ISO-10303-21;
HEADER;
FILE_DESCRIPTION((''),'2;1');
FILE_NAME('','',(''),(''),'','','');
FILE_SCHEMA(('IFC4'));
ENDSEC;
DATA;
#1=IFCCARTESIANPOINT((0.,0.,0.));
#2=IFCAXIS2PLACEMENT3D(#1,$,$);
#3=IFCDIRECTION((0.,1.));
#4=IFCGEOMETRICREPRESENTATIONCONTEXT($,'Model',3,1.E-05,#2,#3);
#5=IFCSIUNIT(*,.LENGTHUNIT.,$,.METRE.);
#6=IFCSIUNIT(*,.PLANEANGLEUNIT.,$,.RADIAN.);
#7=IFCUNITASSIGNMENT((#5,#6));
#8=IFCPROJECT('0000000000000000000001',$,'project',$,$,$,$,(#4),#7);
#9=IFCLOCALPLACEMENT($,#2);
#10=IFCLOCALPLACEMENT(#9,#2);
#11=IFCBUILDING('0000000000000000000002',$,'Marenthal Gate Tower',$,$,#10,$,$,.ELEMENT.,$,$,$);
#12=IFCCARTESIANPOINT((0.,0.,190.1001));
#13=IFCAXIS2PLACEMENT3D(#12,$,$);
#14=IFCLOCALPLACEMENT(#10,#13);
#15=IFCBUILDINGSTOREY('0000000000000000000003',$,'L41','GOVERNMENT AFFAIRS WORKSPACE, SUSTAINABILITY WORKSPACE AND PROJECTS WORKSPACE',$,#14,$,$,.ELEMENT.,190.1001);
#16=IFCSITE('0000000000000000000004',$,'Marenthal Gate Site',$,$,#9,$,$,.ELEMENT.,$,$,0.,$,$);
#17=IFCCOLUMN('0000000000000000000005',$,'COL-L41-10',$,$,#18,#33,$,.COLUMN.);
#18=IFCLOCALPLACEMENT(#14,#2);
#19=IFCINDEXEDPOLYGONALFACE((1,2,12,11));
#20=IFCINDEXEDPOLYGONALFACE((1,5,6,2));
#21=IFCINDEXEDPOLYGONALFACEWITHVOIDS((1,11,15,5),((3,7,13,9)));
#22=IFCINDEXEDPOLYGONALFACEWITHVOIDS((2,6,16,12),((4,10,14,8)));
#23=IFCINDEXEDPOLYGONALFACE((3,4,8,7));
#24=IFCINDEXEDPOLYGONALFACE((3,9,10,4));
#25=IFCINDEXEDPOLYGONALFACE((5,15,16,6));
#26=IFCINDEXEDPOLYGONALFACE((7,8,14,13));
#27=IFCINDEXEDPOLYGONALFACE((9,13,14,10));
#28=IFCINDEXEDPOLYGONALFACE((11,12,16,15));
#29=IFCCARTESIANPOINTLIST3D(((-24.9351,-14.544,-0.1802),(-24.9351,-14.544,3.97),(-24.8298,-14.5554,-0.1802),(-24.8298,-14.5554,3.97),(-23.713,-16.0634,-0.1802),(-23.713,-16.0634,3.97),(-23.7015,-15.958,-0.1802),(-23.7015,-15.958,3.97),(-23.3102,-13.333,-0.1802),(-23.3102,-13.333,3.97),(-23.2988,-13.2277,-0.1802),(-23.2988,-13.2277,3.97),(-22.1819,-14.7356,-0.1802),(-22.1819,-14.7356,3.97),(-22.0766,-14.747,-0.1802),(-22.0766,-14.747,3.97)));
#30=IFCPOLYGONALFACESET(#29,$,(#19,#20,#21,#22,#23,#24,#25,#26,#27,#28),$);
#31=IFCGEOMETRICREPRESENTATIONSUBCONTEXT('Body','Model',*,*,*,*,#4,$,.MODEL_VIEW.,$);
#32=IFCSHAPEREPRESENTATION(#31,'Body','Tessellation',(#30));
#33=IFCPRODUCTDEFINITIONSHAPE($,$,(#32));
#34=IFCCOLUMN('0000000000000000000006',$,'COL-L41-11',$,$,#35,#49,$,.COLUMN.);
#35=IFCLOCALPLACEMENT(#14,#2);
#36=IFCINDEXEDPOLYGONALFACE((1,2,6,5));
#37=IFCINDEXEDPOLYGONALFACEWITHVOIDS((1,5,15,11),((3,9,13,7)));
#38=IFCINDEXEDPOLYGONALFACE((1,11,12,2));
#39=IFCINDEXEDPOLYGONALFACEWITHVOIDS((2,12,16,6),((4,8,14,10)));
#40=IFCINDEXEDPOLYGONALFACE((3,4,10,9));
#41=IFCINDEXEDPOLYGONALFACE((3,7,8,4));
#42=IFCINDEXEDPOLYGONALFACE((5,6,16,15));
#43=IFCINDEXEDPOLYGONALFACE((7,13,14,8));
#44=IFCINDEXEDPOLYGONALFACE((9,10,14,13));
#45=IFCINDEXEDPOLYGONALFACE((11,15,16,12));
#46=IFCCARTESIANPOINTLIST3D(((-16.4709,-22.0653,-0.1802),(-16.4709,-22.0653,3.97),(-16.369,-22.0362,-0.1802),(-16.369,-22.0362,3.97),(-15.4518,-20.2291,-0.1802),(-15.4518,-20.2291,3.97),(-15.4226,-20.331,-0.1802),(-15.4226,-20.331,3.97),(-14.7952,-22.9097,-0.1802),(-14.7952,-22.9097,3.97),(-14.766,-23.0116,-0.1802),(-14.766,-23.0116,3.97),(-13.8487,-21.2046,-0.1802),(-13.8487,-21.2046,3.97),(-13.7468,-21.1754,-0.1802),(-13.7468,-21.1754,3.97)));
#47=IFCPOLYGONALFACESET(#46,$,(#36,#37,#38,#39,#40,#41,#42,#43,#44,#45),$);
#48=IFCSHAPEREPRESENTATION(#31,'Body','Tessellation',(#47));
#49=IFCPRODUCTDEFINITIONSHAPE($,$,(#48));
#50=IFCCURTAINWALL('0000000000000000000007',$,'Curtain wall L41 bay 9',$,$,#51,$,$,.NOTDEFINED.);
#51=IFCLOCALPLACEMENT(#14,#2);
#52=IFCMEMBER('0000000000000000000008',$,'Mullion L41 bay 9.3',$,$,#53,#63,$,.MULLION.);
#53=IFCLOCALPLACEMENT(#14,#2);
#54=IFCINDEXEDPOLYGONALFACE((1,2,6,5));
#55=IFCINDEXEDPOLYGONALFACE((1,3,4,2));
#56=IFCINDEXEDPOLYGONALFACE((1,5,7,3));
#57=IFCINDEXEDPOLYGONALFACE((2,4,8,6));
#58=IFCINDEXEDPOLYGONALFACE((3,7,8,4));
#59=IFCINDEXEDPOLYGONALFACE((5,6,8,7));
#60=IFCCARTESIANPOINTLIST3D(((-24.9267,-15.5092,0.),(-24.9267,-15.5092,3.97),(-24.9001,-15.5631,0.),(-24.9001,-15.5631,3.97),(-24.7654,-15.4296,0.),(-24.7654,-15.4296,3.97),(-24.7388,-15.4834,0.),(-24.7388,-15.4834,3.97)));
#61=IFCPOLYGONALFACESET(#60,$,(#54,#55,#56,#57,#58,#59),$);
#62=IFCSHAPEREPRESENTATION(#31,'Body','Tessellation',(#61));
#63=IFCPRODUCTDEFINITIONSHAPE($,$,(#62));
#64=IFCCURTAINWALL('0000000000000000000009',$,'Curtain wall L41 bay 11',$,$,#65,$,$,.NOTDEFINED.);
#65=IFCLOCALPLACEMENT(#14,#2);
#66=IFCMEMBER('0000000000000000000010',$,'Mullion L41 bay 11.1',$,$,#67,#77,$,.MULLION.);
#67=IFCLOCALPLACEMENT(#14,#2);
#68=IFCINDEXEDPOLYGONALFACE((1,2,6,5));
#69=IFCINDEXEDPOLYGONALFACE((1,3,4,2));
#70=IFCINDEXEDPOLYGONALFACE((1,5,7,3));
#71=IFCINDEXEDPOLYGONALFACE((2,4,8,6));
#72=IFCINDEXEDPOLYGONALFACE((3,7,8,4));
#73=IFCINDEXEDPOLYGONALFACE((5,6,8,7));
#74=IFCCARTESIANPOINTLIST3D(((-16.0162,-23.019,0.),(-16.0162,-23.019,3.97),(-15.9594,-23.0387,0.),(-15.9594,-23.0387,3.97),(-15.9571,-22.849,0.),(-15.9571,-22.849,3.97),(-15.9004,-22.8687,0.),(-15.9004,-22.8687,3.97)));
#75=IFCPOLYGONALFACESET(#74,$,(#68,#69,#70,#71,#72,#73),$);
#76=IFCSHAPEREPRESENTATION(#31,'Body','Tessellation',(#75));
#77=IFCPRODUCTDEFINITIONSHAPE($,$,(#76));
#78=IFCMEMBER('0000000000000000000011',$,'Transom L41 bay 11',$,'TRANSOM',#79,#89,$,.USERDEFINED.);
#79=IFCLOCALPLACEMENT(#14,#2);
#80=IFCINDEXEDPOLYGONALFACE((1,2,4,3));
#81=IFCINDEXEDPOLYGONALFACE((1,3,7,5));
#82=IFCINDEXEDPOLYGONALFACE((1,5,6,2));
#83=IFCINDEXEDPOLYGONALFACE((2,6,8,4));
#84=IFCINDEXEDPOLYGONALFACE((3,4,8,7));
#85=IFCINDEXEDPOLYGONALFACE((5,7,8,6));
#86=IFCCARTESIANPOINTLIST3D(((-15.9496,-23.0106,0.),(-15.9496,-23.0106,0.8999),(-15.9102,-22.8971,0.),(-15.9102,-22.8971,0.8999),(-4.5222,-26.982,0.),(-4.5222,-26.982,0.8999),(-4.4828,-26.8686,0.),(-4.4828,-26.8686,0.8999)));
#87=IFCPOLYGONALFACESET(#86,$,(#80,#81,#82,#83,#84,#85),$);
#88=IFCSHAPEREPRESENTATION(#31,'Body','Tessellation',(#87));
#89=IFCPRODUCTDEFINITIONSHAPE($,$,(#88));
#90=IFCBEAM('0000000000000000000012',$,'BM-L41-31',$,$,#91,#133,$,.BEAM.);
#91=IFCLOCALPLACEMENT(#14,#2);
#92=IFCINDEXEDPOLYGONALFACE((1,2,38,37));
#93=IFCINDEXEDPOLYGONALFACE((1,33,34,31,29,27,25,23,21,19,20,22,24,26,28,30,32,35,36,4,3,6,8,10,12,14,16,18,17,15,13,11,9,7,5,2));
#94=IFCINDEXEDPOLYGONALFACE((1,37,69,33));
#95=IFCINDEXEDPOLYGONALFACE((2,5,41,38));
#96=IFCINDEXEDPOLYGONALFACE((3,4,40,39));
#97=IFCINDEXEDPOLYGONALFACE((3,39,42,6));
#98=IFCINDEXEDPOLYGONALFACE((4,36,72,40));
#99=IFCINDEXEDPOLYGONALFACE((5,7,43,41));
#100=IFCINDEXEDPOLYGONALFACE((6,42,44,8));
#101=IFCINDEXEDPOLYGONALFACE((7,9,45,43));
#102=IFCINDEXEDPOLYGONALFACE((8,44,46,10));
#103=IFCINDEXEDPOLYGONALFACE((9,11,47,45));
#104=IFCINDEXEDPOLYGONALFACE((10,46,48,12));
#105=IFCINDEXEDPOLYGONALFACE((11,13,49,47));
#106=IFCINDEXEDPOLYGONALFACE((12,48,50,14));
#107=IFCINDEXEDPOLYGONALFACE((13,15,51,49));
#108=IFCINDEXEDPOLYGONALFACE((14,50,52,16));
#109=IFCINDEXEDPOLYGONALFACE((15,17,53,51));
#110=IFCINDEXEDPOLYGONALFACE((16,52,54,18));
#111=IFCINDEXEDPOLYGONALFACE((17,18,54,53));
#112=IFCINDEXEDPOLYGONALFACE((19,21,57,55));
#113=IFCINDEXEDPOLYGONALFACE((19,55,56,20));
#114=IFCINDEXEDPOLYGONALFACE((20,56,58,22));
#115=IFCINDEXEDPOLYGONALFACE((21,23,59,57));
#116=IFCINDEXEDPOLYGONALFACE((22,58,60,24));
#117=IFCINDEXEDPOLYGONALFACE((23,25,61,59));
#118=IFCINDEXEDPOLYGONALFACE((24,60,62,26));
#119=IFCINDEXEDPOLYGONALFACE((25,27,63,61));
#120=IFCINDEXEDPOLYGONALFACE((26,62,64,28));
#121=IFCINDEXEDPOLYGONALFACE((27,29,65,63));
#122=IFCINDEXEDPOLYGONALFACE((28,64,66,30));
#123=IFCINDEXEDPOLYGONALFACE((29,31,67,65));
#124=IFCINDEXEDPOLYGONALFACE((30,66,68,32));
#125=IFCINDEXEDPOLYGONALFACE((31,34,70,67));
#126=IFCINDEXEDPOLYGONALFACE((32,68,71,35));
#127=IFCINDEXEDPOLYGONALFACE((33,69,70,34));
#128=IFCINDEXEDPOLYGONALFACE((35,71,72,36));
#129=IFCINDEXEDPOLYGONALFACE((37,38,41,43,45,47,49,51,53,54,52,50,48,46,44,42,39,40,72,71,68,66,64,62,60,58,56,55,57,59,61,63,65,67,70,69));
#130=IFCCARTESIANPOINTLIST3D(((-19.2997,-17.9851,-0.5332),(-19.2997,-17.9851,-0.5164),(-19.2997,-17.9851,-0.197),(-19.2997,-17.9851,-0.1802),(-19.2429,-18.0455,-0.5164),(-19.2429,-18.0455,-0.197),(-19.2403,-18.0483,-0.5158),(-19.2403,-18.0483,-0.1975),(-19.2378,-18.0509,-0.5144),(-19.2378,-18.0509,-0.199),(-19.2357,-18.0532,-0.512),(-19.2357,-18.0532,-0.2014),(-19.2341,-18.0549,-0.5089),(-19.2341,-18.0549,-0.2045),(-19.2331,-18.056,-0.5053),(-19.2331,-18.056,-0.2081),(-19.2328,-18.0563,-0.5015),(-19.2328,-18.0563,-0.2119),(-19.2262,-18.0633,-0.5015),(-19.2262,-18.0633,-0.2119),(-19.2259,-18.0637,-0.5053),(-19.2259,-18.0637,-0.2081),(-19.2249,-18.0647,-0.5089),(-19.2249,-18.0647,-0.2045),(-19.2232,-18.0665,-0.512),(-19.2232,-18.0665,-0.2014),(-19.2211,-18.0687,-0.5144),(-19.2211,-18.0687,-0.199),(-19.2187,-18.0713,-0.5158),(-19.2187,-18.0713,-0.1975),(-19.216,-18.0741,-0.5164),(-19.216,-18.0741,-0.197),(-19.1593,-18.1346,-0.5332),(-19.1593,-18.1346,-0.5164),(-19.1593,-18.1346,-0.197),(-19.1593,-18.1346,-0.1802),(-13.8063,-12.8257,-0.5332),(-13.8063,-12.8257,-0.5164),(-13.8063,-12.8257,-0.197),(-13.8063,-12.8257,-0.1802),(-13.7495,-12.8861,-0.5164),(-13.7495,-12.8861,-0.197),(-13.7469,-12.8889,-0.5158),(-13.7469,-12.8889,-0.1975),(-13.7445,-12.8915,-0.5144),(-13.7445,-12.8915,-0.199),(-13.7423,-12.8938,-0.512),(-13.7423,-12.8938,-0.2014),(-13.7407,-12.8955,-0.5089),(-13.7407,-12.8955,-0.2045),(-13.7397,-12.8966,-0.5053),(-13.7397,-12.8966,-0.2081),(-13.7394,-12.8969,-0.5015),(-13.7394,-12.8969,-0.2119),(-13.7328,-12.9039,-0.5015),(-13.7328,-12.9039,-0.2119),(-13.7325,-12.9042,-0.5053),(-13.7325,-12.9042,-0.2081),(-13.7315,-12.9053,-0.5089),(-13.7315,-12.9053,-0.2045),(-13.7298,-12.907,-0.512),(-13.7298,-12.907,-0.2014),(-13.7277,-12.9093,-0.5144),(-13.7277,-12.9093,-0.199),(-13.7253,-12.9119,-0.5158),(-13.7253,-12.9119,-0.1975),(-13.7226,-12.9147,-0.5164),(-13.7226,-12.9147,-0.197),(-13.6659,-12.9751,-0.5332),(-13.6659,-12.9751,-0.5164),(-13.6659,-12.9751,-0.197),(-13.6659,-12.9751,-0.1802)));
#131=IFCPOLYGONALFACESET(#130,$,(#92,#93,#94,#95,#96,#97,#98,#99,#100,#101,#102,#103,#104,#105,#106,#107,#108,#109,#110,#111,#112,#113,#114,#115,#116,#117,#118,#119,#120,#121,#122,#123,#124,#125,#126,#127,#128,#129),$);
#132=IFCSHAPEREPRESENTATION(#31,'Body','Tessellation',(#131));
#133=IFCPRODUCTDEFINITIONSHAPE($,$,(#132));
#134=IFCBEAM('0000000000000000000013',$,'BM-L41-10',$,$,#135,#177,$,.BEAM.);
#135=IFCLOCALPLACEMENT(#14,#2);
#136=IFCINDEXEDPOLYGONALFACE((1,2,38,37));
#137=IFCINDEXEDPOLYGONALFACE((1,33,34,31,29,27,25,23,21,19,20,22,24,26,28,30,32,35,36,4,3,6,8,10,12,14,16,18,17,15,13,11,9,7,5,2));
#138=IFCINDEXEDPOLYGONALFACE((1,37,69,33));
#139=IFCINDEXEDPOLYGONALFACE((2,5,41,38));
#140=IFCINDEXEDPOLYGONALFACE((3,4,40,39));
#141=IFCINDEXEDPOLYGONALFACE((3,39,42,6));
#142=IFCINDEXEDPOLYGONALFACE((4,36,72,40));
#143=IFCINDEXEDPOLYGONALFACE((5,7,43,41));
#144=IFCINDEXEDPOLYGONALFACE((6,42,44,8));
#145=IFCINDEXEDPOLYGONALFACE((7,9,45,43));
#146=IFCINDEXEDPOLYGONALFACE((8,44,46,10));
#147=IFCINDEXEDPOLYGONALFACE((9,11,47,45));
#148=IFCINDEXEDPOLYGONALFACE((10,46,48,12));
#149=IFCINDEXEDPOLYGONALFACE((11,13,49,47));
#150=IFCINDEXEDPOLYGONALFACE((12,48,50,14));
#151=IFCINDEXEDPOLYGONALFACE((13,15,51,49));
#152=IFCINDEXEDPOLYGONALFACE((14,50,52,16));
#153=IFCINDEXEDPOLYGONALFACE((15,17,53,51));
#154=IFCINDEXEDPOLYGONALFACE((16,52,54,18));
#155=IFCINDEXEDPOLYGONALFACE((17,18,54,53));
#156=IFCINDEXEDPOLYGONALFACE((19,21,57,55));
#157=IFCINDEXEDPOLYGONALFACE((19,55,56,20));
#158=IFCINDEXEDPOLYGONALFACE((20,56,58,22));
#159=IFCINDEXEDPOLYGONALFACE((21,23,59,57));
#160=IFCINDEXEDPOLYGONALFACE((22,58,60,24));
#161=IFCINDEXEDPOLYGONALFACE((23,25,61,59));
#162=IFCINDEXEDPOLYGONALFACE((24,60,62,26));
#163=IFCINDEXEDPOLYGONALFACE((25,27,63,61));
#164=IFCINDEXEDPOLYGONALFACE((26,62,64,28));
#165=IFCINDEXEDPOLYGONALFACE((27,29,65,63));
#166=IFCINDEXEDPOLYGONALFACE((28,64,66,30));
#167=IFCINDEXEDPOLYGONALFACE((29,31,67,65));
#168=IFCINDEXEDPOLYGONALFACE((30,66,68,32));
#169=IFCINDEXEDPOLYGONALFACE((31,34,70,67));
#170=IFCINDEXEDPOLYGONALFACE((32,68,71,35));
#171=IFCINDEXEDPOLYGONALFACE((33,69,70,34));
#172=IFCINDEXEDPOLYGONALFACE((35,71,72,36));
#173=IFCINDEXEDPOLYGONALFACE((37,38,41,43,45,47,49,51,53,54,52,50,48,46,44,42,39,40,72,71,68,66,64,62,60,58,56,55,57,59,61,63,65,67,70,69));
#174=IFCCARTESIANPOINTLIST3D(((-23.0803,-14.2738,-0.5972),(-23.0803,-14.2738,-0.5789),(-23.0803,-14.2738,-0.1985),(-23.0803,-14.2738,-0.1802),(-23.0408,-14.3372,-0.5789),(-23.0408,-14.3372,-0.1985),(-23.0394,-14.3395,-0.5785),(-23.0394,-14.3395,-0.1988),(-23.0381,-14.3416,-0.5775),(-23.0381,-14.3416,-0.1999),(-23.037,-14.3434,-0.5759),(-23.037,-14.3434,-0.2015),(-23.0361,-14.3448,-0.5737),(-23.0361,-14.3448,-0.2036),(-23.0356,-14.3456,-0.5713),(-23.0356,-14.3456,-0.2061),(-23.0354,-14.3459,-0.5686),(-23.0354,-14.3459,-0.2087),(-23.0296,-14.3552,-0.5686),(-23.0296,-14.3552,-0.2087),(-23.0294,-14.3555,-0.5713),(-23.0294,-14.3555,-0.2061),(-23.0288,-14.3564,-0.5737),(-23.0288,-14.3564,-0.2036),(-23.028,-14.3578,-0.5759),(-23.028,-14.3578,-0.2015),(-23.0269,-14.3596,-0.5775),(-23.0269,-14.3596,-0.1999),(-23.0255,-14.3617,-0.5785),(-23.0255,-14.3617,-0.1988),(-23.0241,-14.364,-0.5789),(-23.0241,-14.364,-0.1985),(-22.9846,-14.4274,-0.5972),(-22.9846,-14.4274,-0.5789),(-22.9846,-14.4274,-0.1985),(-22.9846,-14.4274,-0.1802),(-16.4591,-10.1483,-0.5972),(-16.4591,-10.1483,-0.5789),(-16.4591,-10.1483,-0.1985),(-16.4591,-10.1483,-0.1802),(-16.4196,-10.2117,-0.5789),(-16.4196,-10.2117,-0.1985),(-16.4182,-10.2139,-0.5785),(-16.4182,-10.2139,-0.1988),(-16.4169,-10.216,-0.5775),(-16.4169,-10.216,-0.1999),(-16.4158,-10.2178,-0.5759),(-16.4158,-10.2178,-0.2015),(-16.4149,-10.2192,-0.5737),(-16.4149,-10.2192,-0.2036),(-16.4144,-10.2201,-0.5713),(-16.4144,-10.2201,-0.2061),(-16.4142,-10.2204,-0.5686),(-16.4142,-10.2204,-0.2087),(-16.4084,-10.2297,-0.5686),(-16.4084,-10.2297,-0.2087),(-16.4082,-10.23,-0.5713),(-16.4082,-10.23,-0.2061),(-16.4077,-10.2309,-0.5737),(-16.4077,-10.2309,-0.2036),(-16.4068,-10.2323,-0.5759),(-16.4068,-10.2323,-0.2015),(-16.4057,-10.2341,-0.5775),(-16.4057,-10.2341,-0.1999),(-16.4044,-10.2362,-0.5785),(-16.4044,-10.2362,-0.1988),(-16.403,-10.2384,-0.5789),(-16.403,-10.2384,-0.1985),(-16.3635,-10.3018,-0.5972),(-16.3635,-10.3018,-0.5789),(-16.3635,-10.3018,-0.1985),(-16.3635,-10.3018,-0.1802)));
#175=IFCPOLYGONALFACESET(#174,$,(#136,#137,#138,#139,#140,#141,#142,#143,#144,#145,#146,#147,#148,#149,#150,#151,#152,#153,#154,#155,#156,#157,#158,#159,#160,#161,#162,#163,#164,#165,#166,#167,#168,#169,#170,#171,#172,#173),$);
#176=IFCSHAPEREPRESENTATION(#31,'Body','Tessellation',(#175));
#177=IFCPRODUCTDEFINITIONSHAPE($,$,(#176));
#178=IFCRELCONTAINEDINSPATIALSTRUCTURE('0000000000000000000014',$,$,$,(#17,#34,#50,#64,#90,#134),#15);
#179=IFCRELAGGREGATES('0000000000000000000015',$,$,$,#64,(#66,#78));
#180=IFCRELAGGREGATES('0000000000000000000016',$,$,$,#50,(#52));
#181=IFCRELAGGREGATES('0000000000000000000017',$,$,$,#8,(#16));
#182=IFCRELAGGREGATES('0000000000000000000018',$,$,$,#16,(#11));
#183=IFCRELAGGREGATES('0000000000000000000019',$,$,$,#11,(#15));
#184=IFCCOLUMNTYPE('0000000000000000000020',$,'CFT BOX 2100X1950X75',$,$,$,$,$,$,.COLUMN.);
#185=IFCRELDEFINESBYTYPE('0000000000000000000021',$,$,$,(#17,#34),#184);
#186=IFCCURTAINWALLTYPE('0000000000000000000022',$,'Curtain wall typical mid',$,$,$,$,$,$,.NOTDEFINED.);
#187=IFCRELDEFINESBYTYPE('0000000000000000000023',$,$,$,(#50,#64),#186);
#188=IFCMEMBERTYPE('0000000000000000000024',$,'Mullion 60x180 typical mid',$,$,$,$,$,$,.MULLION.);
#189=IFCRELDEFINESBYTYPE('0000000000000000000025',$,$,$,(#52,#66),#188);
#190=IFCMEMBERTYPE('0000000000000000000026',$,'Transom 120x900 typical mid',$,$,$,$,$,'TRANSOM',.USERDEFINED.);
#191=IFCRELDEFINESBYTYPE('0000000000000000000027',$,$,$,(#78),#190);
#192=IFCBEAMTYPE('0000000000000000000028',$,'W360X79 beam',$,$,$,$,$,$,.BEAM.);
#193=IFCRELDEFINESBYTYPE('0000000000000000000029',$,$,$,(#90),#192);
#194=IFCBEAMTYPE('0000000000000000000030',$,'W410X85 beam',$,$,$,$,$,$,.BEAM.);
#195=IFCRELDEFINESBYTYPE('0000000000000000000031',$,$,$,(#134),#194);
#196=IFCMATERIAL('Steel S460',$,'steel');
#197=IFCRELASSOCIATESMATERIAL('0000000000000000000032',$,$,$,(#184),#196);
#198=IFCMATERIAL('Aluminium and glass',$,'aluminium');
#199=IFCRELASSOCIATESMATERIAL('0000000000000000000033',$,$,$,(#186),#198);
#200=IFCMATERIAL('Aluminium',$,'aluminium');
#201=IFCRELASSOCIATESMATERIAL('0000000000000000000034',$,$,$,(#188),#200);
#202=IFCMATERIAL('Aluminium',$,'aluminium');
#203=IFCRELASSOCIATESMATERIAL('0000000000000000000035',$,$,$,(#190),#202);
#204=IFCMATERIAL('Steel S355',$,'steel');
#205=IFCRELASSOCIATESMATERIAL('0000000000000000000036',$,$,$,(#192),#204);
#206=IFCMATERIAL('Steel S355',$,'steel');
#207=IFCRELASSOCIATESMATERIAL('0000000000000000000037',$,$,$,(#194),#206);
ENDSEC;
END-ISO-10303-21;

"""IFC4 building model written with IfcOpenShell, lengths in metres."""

from ifc_helpers import new_model, si_unit, direction, frame, origin, origin_2d, place, context, subcontext, project, spatial, rectangle, hollow_rectangle, i_section, extrude, material, material_profile, profile_set, type_object, element, aggregate, save


model = new_model("IFC4")

# Units and contexts
model_context = context("Model", 3, precision=1e-05, world=origin(), true_north=direction((0.0, 1.0)))
body_context = subcontext(model_context, "Body", "Model", "MODEL_VIEW")
ifc_project = project(units=[si_unit("LENGTHUNIT", "METRE"), si_unit("PLANEANGLEUNIT", "RADIAN")], contexts=[model_context])

# Site, building, storey
site_placement = place(None, origin())
site = spatial("IfcSite", under=ifc_project, at=site_placement, Name="Marenthal Gate Site", CompositionType="ELEMENT", RefElevation=0.0)
building_placement = place(site_placement, origin())
building = spatial("IfcBuilding", under=site, at=building_placement, Name="Marenthal Gate Tower", CompositionType="ELEMENT")
storey_placement = place(building_placement, frame((0.0, 0.0, 190.1001)))
storey = spatial("IfcBuildingStorey", under=building, at=storey_placement, Name="L41", Description="GOVERNMENT AFFAIRS WORKSPACE, SUSTAINABILITY WORKSPACE AND PROJECTS WORKSPACE", CompositionType="ELEMENT", Elevation=190.1001)

# Columns
ifc_material_1 = material(Name="Steel S460", Category="steel")
ifc_material_profile_1 = material_profile(ifc_material_1, hollow_rectangle(XDim=1.95, YDim=2.1001, WallThickness=0.075, at=origin_2d()), Name="CFT BOX 2100X1950X75")
ifc_material_2 = material(Name="Concrete 70 MPa", Category="concrete")
ifc_material_profile_2 = material_profile(ifc_material_2, rectangle(XDim=1.8, YDim=1.95, at=origin_2d()), Name="CFT BOX 2100X1950X75 INFILL")
ifc_profile_set_1 = profile_set([ifc_material_profile_1, ifc_material_profile_2], Name="Steel S460 shell, Concrete 70 MPa infill")
column_type = type_object("IfcColumnType", Name="CFT BOX 2100X1950X75", PredefinedType="COLUMN", material=ifc_profile_set_1)
for number, where, z_axis, x_axis, name in (
    (1, (-23.5059, -14.6455, -0.1802), (0.0, 0.0, 1.0), (-0.626783, 0.779194, 0.0), "COL-L41-10"),
    (2, (-15.1089, -21.6204, -0.1802), (0.0, 0.0, 1.0), (-0.874354, 0.485289, 0.0), "COL-L41-11"),
):
    element("IfcColumn", number, at=place(storey_placement, frame(where, z_axis=z_axis, x_axis=x_axis)), inside=storey, type_object=column_type, Name=name, PredefinedType="COLUMN", context=body_context, shape_type="SweptSolid", body=[
        extrude(hollow_rectangle(XDim=1.95, YDim=2.1001, WallThickness=0.075, at=origin_2d()), origin(), (0.0, 0.0, 1.0), 4.1501),
    ])

# Curtain wall, member
ifc_material_3 = material(Name="Aluminium and glass", Category="aluminium")
curtain_wall_type = type_object("IfcCurtainWallType", Name="Curtain wall typical mid", PredefinedType="NOTDEFINED", material=ifc_material_3)
curtain_wall_1_placement = place(storey_placement, origin())
curtain_wall_1 = element("IfcCurtainWall", 3, at=curtain_wall_1_placement, inside=storey, type_object=curtain_wall_type, Name="Curtain wall L41 bay 9", PredefinedType="NOTDEFINED")
ifc_material_4 = material(Name="Aluminium", Category="aluminium")
ifc_material_profile_3 = material_profile(ifc_material_4, rectangle(XDim=0.1799, YDim=0.0601, at=origin_2d()), Name="60x180 aluminium mullion")
ifc_profile_set_2 = profile_set([ifc_material_profile_3], Name="Aluminium")
member_type_1 = type_object("IfcMemberType", Name="Mullion 60x180 typical mid", PredefinedType="MULLION", material=ifc_profile_set_2)
member_1_placement = place(storey_placement, frame((-24.8328, -15.4963, 0.0), z_axis=(0.0, 0.0, 1.0), x_axis=(0.896681, 0.442678, 0.0)))
member_1 = element("IfcMember", 4, at=member_1_placement, type_object=member_type_1, Name="Mullion L41 bay 9.3", PredefinedType="MULLION", context=body_context, shape_type="SweptSolid", body=[
    extrude(rectangle(XDim=0.1799, YDim=0.0601, at=origin_2d()), origin(), (0.0, 0.0, 1.0), 3.97),
])

# Curtain wall, members
curtain_wall_2_placement = place(storey_placement, origin())
curtain_wall_2 = element("IfcCurtainWall", 5, at=curtain_wall_2_placement, inside=storey, type_object=curtain_wall_type, Name="Curtain wall L41 bay 11", PredefinedType="NOTDEFINED")
member_2_placement = place(storey_placement, frame((-15.9583, -22.9438, 0.0), z_axis=(0.0, 0.0, 1.0), x_axis=(0.328273, 0.944583, 0.0)))
member_2 = element("IfcMember", 6, at=member_2_placement, type_object=member_type_1, Name="Mullion L41 bay 11.1", PredefinedType="MULLION", context=body_context, shape_type="SweptSolid", body=[
    extrude(rectangle(XDim=0.1799, YDim=0.0601, at=origin_2d()), origin(), (0.0, 0.0, 1.0), 3.97),
])
ifc_material_5 = material(Name="Aluminium", Category="aluminium")
ifc_material_profile_4 = material_profile(ifc_material_5, rectangle(XDim=0.1201, YDim=0.8999, at=origin_2d()), Name="120x900 aluminium transom")
ifc_profile_set_3 = profile_set([ifc_material_profile_4], Name="Aluminium")
member_type_2 = type_object("IfcMemberType", Name="Transom 120x900 typical mid", ElementType="TRANSOM", PredefinedType="USERDEFINED", material=ifc_profile_set_3)
member_3_placement = place(storey_placement, frame((-15.9299, -22.9539, 0.45), z_axis=(0.944583, -0.328274, 0.0), x_axis=(0.328274, 0.944583, 0.0)))
member_3 = element("IfcMember", 7, at=member_3_placement, type_object=member_type_2, Name="Transom L41 bay 11", ObjectType="TRANSOM", PredefinedType="USERDEFINED", context=body_context, shape_type="SweptSolid", body=[
    extrude(rectangle(XDim=0.1201, YDim=0.8999, at=origin_2d()), origin(), (0.0, 0.0, 1.0), 12.0979),
])
aggregate(curtain_wall_2, [member_2, member_3])

# Beams
ifc_material_6 = material(Name="Steel S355", Category="steel")
ifc_material_profile_5 = material_profile(ifc_material_6, i_section(OverallWidth=0.2051, OverallDepth=0.353, WebThickness=0.0095, FlangeThickness=0.0168, FilletRadius=0.0149, at=origin_2d()), Name="W360X79")
ifc_profile_set_4 = profile_set([ifc_material_profile_5], Name="Steel S355")
beam_type_1 = type_object("IfcBeamType", Name="W360X79 beam", PredefinedType="BEAM", material=ifc_profile_set_4)
beam_1_placement = place(storey_placement, frame((-19.2295, -18.0598, -0.3567), z_axis=(0.728918, 0.684601, 0.0), x_axis=(-0.684601, 0.728918, 0.0)))
element("IfcBeam", 8, at=beam_1_placement, inside=storey, type_object=beam_type_1, Name="BM-L41-31", PredefinedType="BEAM", context=body_context, shape_type="SweptSolid", body=[
    extrude(i_section(OverallWidth=0.2051, OverallDepth=0.353, WebThickness=0.0095, FlangeThickness=0.0168, FilletRadius=0.0149, at=origin_2d()), origin(), (0.0, 0.0, 1.0), 7.5364),
])
ifc_material_7 = material(Name="Steel S355", Category="steel")
ifc_material_profile_6 = material_profile(ifc_material_7, i_section(OverallWidth=0.1809, OverallDepth=0.417, WebThickness=0.011, FlangeThickness=0.0183, FilletRadius=0.0103, at=origin_2d()), Name="W410X85")
ifc_profile_set_5 = profile_set([ifc_material_profile_6], Name="Steel S355")
beam_type_2 = type_object("IfcBeamType", Name="W410X85 beam", PredefinedType="BEAM", material=ifc_profile_set_5)
beam_2_placement = place(storey_placement, frame((-23.0325, -14.3506, -0.3887), z_axis=(0.848729, 0.528828, 0.0), x_axis=(-0.528828, 0.848729, 0.0)))
element("IfcBeam", 9, at=beam_2_placement, inside=storey, type_object=beam_type_2, Name="BM-L41-10", PredefinedType="BEAM", context=body_context, shape_type="SweptSolid", body=[
    extrude(i_section(OverallWidth=0.1809, OverallDepth=0.417, WebThickness=0.011, FlangeThickness=0.0183, FilletRadius=0.0103, at=origin_2d()), origin(), (0.0, 0.0, 1.0), 7.8013),
])

aggregate(curtain_wall_1, [member_1])

save(model, "model.ifc")
